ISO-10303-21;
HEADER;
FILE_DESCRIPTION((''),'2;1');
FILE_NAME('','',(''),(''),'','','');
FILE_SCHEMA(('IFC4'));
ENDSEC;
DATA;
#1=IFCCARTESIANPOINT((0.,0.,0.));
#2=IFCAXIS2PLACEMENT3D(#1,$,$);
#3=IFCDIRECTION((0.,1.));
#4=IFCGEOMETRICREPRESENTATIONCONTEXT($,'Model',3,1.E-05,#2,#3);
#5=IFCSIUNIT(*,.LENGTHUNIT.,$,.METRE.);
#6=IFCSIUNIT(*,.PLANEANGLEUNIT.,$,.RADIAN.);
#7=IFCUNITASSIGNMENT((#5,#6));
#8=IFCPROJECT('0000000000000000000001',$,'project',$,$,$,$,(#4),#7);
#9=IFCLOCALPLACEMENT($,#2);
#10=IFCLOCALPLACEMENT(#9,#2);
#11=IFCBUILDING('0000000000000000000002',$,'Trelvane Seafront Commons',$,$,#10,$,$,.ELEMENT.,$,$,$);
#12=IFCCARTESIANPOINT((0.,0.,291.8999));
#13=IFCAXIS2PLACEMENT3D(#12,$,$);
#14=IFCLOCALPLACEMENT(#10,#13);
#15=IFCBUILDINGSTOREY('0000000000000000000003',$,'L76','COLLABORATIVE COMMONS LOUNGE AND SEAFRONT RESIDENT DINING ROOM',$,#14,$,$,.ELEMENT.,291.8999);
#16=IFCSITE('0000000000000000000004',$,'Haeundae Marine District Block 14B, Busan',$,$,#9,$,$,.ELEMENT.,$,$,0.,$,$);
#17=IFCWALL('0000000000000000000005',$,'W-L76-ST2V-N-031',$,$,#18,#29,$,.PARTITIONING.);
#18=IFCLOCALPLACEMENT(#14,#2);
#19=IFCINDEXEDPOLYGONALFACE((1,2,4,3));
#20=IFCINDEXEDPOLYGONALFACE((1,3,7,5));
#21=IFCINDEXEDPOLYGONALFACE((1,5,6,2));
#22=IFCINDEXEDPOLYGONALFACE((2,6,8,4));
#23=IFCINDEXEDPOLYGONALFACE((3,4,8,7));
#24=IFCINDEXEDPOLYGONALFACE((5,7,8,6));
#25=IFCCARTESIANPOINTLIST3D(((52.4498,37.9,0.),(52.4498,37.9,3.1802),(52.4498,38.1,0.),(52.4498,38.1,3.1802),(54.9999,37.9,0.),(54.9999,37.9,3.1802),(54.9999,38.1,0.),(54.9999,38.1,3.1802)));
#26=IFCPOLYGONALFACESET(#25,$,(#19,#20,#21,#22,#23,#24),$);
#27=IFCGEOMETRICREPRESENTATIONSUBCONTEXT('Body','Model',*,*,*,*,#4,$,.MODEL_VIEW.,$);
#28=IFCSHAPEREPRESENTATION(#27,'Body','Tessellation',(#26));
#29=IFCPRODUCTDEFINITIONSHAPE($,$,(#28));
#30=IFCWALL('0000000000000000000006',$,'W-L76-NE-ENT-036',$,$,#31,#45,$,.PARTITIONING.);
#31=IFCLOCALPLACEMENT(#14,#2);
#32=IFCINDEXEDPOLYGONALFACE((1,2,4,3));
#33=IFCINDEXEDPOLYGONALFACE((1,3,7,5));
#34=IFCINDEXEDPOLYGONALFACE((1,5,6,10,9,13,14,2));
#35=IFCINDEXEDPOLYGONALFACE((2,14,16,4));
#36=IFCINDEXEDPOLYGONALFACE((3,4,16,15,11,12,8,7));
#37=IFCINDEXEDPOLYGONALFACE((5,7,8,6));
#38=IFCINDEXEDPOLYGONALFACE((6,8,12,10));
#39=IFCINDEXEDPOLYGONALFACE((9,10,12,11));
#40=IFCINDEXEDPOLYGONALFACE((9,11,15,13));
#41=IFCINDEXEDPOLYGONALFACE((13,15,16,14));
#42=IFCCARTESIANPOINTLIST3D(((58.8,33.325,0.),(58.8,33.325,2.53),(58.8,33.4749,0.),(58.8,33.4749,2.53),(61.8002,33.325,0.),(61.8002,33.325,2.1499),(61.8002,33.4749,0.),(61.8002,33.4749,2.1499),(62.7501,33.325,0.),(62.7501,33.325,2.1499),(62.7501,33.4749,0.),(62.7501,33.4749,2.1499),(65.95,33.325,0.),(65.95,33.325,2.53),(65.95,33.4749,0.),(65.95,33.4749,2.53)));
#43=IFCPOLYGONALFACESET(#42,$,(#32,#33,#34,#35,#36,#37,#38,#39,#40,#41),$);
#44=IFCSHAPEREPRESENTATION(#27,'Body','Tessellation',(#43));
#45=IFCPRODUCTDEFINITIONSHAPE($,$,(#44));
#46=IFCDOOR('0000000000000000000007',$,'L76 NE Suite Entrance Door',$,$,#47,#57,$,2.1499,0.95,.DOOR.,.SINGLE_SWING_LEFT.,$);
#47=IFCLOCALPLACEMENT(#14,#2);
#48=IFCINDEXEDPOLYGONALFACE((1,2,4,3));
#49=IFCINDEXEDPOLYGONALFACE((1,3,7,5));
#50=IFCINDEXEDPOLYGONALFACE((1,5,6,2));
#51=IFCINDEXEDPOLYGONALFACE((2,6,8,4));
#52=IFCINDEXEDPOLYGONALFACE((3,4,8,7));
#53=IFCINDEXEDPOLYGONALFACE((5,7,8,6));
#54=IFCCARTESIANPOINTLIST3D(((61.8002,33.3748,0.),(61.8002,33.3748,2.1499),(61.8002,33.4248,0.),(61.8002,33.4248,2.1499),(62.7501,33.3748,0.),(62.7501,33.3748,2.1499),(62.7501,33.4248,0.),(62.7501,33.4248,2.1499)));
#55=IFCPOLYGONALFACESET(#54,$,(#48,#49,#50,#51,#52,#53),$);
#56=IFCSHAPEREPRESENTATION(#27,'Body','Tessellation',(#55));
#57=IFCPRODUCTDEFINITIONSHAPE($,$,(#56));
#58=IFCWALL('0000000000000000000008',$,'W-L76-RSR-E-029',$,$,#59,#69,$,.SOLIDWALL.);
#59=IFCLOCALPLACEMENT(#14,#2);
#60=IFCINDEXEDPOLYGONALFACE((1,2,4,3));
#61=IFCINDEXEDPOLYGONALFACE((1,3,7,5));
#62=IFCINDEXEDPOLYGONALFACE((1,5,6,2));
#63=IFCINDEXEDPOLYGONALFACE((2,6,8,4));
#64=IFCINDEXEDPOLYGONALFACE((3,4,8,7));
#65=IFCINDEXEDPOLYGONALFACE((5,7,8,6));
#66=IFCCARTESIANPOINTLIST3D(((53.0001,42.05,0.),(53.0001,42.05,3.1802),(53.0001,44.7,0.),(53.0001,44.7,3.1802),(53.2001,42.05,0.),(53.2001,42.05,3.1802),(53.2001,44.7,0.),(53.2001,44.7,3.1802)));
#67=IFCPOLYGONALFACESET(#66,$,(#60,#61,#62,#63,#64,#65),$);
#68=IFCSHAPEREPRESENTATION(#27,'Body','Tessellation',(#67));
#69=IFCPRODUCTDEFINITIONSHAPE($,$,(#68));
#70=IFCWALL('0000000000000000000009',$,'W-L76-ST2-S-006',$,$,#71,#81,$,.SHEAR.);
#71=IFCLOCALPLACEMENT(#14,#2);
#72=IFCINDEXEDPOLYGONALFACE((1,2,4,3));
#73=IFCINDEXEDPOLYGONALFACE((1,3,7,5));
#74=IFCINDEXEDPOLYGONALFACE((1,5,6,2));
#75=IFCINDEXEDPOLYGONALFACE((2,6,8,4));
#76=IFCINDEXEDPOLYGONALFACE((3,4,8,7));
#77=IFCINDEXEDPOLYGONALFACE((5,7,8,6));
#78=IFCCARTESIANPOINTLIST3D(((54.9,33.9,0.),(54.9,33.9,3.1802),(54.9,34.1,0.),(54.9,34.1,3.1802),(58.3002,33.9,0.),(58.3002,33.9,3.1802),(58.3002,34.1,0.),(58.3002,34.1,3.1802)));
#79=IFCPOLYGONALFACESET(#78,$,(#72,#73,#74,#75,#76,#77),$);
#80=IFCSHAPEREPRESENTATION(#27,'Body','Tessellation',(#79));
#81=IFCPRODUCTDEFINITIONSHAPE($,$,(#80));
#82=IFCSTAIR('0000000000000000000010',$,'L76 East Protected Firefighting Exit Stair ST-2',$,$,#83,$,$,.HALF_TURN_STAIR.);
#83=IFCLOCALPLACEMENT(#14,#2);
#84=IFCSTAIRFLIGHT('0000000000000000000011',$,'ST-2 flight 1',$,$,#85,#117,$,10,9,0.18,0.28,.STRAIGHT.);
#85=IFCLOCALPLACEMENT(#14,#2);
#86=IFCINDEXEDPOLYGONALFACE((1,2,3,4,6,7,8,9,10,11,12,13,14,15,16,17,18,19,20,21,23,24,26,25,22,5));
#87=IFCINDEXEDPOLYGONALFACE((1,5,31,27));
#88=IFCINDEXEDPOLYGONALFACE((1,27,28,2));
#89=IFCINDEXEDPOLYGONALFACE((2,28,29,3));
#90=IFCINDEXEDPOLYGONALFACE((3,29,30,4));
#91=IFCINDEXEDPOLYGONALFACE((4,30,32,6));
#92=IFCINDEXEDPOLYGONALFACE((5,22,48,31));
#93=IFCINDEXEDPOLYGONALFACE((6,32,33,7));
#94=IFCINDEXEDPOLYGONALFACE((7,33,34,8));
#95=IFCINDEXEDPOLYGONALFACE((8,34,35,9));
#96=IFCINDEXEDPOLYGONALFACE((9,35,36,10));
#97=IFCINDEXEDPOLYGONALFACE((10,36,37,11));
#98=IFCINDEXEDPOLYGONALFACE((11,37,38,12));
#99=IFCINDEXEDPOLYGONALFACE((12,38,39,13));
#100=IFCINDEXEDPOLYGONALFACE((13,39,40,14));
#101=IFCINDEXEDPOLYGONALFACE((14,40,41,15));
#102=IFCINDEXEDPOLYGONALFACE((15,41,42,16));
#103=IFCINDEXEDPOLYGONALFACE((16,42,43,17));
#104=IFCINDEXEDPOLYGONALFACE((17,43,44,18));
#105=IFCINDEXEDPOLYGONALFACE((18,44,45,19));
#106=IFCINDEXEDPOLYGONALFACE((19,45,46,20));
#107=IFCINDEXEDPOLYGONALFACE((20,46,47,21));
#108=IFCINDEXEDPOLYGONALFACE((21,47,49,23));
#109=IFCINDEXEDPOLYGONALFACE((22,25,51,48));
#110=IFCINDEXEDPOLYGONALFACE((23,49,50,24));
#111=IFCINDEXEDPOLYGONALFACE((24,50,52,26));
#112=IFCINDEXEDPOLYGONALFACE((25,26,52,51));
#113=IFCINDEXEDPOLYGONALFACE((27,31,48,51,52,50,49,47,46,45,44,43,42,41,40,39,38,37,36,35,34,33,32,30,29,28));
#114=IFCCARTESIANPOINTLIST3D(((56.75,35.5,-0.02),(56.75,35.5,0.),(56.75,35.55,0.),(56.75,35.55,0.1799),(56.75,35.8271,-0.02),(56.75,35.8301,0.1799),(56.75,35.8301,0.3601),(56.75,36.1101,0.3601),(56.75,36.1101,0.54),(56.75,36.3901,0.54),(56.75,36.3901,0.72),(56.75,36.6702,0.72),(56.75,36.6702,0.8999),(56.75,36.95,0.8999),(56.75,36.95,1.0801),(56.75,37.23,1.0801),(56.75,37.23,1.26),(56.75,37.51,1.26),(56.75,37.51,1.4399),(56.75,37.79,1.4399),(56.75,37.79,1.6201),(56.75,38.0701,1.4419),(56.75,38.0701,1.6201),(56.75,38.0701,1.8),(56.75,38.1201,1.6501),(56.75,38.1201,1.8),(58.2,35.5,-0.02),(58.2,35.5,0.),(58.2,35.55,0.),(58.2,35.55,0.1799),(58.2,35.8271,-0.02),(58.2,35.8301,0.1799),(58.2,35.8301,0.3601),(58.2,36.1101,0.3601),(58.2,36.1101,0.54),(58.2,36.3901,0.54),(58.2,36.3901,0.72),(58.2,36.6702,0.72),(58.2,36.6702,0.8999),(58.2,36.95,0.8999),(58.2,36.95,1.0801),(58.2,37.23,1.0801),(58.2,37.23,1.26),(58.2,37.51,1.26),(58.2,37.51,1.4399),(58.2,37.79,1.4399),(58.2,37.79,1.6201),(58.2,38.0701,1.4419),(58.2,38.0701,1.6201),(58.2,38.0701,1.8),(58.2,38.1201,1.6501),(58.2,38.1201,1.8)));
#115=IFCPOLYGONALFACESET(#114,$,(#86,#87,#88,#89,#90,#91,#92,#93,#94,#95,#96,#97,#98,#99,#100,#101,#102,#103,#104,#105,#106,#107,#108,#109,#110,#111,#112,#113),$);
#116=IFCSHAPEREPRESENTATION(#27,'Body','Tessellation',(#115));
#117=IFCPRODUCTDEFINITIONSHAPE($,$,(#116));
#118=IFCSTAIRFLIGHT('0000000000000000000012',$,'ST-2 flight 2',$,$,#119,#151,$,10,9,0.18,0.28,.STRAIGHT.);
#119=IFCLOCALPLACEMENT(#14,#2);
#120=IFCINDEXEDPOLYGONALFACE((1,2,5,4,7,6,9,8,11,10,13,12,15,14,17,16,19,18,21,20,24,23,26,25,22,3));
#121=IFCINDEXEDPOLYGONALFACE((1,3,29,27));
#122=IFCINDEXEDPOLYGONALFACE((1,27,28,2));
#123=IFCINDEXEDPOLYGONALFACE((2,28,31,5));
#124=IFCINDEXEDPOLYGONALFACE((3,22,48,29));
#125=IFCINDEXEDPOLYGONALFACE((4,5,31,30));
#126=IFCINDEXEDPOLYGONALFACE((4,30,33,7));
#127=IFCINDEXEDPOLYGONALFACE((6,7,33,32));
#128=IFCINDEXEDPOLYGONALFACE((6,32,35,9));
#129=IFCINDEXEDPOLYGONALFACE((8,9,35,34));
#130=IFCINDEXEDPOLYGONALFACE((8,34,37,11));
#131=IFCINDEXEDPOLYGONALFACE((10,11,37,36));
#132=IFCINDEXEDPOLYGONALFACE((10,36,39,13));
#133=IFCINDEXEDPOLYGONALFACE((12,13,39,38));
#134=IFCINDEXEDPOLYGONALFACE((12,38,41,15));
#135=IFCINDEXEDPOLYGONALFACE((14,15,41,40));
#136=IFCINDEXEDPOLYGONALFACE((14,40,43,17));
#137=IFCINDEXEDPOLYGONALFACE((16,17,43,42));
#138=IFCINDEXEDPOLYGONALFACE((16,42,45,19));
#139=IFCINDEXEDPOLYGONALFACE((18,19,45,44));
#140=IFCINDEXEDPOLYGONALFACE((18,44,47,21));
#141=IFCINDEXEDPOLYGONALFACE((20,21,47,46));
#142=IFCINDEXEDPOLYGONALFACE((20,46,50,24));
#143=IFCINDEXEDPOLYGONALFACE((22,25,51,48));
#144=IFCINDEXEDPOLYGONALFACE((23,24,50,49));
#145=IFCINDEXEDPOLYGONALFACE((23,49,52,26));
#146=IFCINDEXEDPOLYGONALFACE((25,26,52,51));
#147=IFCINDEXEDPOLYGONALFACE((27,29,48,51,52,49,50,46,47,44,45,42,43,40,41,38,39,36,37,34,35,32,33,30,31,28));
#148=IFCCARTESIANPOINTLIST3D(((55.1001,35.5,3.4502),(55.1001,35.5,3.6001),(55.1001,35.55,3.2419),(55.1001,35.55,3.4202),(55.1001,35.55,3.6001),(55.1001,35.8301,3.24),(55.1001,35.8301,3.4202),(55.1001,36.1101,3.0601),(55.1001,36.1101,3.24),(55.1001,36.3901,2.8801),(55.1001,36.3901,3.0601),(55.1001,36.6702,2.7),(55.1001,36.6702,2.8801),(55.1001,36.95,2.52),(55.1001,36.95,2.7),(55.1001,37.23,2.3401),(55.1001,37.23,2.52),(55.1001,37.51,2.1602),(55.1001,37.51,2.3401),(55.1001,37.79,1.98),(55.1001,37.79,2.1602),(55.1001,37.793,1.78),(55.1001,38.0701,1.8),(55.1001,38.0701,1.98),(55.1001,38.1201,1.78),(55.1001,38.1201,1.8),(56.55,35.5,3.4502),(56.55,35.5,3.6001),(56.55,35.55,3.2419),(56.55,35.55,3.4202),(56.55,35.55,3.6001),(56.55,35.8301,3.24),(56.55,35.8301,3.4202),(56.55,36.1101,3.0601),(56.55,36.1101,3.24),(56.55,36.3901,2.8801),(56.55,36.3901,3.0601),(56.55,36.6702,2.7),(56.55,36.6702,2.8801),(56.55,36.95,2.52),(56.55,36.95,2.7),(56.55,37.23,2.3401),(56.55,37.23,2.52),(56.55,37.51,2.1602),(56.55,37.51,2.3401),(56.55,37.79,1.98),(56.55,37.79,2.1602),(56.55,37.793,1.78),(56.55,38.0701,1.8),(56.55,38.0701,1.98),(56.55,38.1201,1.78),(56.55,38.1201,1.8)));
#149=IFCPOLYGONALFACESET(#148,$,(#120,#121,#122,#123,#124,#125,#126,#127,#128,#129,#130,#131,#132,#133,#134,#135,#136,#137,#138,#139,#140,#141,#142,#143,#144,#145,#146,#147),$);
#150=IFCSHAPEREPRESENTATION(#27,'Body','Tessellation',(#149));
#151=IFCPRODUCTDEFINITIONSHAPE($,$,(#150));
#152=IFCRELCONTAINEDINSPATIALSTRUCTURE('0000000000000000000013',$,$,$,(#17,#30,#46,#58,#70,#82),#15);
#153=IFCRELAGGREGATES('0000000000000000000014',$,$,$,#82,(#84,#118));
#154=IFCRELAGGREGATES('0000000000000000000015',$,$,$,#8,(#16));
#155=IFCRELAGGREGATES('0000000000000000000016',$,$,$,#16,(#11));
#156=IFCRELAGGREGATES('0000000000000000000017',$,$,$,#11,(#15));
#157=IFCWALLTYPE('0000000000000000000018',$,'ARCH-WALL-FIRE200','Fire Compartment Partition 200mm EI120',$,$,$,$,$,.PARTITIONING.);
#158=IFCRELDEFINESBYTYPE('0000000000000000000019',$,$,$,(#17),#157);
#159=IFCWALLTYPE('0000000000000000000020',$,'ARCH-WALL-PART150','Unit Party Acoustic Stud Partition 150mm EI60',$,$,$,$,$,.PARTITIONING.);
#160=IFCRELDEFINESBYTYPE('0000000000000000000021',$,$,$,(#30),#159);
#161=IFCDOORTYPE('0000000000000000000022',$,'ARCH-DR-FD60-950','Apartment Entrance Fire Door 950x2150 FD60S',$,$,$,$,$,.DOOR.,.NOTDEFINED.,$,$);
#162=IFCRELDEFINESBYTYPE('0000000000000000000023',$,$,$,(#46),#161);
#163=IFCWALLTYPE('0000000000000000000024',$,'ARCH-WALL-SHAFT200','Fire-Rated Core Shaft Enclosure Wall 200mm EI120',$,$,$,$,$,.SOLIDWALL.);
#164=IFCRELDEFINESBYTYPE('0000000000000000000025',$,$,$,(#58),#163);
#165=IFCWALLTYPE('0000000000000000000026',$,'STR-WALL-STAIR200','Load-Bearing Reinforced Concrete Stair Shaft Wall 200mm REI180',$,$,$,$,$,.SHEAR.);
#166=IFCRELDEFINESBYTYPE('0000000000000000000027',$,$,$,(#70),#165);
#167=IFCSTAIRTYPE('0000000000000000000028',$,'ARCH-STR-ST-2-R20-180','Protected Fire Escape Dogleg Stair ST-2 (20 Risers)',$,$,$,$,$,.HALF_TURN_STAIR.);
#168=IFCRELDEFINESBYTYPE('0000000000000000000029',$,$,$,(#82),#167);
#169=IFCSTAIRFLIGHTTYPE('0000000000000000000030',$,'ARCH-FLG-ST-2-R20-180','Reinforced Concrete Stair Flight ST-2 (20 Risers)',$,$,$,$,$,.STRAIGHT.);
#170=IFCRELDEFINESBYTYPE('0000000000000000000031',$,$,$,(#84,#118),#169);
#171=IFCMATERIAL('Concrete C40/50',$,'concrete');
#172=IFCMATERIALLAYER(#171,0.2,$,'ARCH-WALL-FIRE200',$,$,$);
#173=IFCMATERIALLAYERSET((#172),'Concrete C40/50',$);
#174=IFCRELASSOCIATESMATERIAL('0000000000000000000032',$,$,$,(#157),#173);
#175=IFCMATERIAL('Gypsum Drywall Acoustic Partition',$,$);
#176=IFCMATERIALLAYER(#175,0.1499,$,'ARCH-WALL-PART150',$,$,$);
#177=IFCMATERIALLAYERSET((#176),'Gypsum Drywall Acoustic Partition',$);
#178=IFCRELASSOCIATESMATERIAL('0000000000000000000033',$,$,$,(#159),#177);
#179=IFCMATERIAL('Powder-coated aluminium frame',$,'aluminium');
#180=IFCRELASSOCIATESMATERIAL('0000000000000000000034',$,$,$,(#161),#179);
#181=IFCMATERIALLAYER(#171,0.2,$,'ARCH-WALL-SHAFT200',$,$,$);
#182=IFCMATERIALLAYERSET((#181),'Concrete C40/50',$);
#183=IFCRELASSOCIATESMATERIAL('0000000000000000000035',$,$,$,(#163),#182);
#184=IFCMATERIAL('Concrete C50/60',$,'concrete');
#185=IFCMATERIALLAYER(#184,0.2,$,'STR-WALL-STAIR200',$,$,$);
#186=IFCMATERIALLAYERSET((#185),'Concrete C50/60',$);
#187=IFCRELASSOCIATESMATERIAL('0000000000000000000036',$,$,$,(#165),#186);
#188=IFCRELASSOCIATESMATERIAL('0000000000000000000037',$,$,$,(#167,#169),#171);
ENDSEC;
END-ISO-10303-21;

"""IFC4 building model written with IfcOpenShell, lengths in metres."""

from ifc_helpers import new_model, si_unit, direction, frame, frame_2d, origin, place, context, subcontext, project, spatial, polyline, rectangle, outline, extrude, source, transform, mapped, material, layer, layer_set, type_object, element, fill, aggregate, save


model = new_model("IFC4")

# Units and contexts
model_context = context("Model", 3, precision=1e-05, world=origin(), true_north=direction((0.0, 1.0)))
body_context = subcontext(model_context, "Body", "Model", "MODEL_VIEW")
ifc_project = project(units=[si_unit("LENGTHUNIT", "METRE"), si_unit("PLANEANGLEUNIT", "RADIAN")], contexts=[model_context])

# Site, building, storey
site_placement = place(None, origin())
site = spatial("IfcSite", under=ifc_project, at=site_placement, Name="Haeundae Marine District Block 14B, Busan", CompositionType="ELEMENT", RefElevation=0.0)
building_placement = place(site_placement, origin())
building = spatial("IfcBuilding", under=site, at=building_placement, Name="Trelvane Seafront Commons", CompositionType="ELEMENT")
storey_placement = place(building_placement, frame((0.0, 0.0, 291.8999)))
storey = spatial("IfcBuildingStorey", under=building, at=storey_placement, Name="L76", Description="COLLABORATIVE COMMONS LOUNGE AND SEAFRONT RESIDENT DINING ROOM", CompositionType="ELEMENT", Elevation=291.8999)

# Shared definitions
ifc_material_1 = material(Name="Concrete C50/60", Category="concrete")

# Wall
ifc_material_2 = material(Name="Concrete C40/50", Category="concrete")
ifc_layer_1 = layer(ifc_material_2, 0.2, Name="ARCH-WALL-FIRE200")
ifc_layer_set_1 = layer_set([ifc_layer_1], Name="Concrete C40/50")
wall_type_1 = type_object("IfcWallType", Name="ARCH-WALL-FIRE200", Description="Fire Compartment Partition 200mm EI120", PredefinedType="PARTITIONING", material=ifc_layer_set_1)
wall_1_placement = place(storey_placement, frame((52.45, 38.0, 0.0), z_axis=(0.0, 0.0, 1.0), x_axis=(1.0, 0.0, 0.0)))
element("IfcWall", 1, at=wall_1_placement, inside=storey, type_object=wall_type_1, Name="W-L76-ST2V-N-031", PredefinedType="PARTITIONING", context=body_context, shape_type="SweptSolid", body=[
    extrude(rectangle(XDim=2.55, YDim=0.2, at=frame_2d((1.2749, 0.0))), origin(), (0.0, 0.0, 1.0), 3.1802),
])

# Wall, opening, door
ifc_material_3 = material(Name="Gypsum Drywall Acoustic Partition")
ifc_layer_2 = layer(ifc_material_3, 0.1499, Name="ARCH-WALL-PART150")
ifc_layer_set_2 = layer_set([ifc_layer_2], Name="Gypsum Drywall Acoustic Partition")
wall_type_2 = type_object("IfcWallType", Name="ARCH-WALL-PART150", Description="Unit Party Acoustic Stud Partition 150mm EI60", PredefinedType="PARTITIONING", material=ifc_layer_set_2)
wall_2_placement = place(storey_placement, frame((58.8, 33.3999, 0.0), z_axis=(0.0, 0.0, 1.0), x_axis=(1.0, 0.0, 0.0)))
wall_2 = element("IfcWall", 2, at=wall_2_placement, inside=storey, type_object=wall_type_2, Name="W-L76-NE-ENT-036", PredefinedType="PARTITIONING", context=body_context, shape_type="SweptSolid", body=[
    extrude(rectangle(XDim=7.1499, YDim=0.1499, at=frame_2d((3.575, 0.0))), origin(), (0.0, 0.0, 1.0), 2.53),
])
opening_1_placement = place(wall_2_placement, frame((3.0, 0.0, 0.0)))
opening_1 = element("IfcOpeningElement", 3, at=opening_1_placement, cuts=wall_2, PredefinedType="OPENING", context=body_context, shape_type="SweptSolid", body=[
    extrude(rectangle(XDim=0.95, YDim=2.1499, at=frame_2d((0.4751, 1.075))), frame((0.0, 0.085, 0.0), z_axis=(0.0, -1.0, 0.0), x_axis=(1.0, 0.0, 0.0)), (0.0, 0.0, 1.0), 0.1699),
])
ifc_material_4 = material(Name="Powder-coated aluminium frame", Category="aluminium")
door_type = type_object("IfcDoorType", Name="ARCH-DR-FD60-950", Description="Apartment Entrance Fire Door 950x2150 FD60S", OperationType="NOTDEFINED", PredefinedType="DOOR", material=ifc_material_4)
shared_shape_1 = source(origin(), body_context, "Body", "SweptSolid", [
    extrude(rectangle(XDim=0.95, YDim=2.1499, at=frame_2d((0.4751, 1.075))), frame((0.0, 0.0249, 0.0), z_axis=(0.0, -1.0, 0.0), x_axis=(1.0, 0.0, 0.0)), (0.0, 0.0, 1.0), 0.05),
])
door_1_placement = place(opening_1_placement, origin())
door_1 = element("IfcDoor", 4, at=door_1_placement, inside=storey, type_object=door_type, Name="L76 NE Suite Entrance Door", OperationType="SINGLE_SWING_LEFT", OverallHeight=2.1499, OverallWidth=0.95, PredefinedType="DOOR", context=body_context, shape_type="MappedRepresentation", body=[
    mapped(shared_shape_1, transform((0.0, 0.0, 0.0), x_axis=(1.0, 0.0, 0.0), y_axis=(0.0, 1.0, 0.0), z_axis=(0.0, 0.0, 1.0), scale=1.0)),
])
fill(opening_1, door_1)

# Walls
ifc_layer_3 = layer(ifc_material_2, 0.2, Name="ARCH-WALL-SHAFT200")
ifc_layer_set_3 = layer_set([ifc_layer_3], Name="Concrete C40/50")
wall_type_3 = type_object("IfcWallType", Name="ARCH-WALL-SHAFT200", Description="Fire-Rated Core Shaft Enclosure Wall 200mm EI120", PredefinedType="SOLIDWALL", material=ifc_layer_set_3)
wall_3_placement = place(storey_placement, frame((53.1001, 42.05, 0.0), z_axis=(0.0, 0.0, 1.0), x_axis=(0.0, 1.0, 0.0)))
element("IfcWall", 5, at=wall_3_placement, inside=storey, type_object=wall_type_3, Name="W-L76-RSR-E-029", PredefinedType="SOLIDWALL", context=body_context, shape_type="SweptSolid", body=[
    extrude(rectangle(XDim=2.6499, YDim=0.2, at=frame_2d((1.325, 0.0))), origin(), (0.0, 0.0, 1.0), 3.1802),
])
ifc_layer_4 = layer(ifc_material_1, 0.2, Name="STR-WALL-STAIR200")
ifc_layer_set_4 = layer_set([ifc_layer_4], Name="Concrete C50/60")
wall_type_4 = type_object("IfcWallType", Name="STR-WALL-STAIR200", Description="Load-Bearing Reinforced Concrete Stair Shaft Wall 200mm REI180", PredefinedType="SHEAR", material=ifc_layer_set_4)
wall_4_placement = place(storey_placement, frame((54.8999, 34.0, 0.0), z_axis=(0.0, 0.0, 1.0), x_axis=(1.0, 0.0, 0.0)))
element("IfcWall", 6, at=wall_4_placement, inside=storey, type_object=wall_type_4, Name="W-L76-ST2-S-006", PredefinedType="SHEAR", context=body_context, shape_type="SweptSolid", body=[
    extrude(rectangle(XDim=3.4001, YDim=0.2, at=frame_2d((1.7002, 0.0))), origin(), (0.0, 0.0, 1.0), 3.1802),
])

# Stair, stair flights
stair_type = type_object("IfcStairType", Name="ARCH-STR-ST-2-R20-180", Description="Protected Fire Escape Dogleg Stair ST-2 (20 Risers)", PredefinedType="HALF_TURN_STAIR", material=ifc_material_2)
stair_placement = place(storey_placement, origin())
stair = element("IfcStair", 7, at=stair_placement, inside=storey, type_object=stair_type, Name="L76 East Protected Firefighting Exit Stair ST-2", PredefinedType="HALF_TURN_STAIR")
stair_flight_type = type_object("IfcStairFlightType", Name="ARCH-FLG-ST-2-R20-180", Description="Reinforced Concrete Stair Flight ST-2 (20 Risers)", PredefinedType="STRAIGHT", material=ifc_material_2)
shared_shape_2 = source(origin(), body_context, "Body", "SweptSolid", [
    extrude(outline(polyline([(-0.05, -0.02), (-0.05, 0.0), (0.0, 0.0), (0.0, 0.1799), (0.28, 0.1799), (0.28, 0.3601), (0.5601, 0.3601), (0.5601, 0.54), (0.8401, 0.54), (0.8401, 0.72), (1.1201, 0.72), (1.1201, 0.8999), (1.3999, 0.8999), (1.3999, 1.0801), (1.6799, 1.0801), (1.6799, 1.26), (1.96, 1.26), (1.96, 1.4399), (2.24, 1.4399), (2.24, 1.6201), (2.52, 1.6201), (2.52, 1.8), (2.5701, 1.8), (2.5701, 1.6501), (2.52, 1.4419), (0.2771, -0.02), (-0.05, -0.02)])), frame((0.0, 0.7251, 0.0), z_axis=(0.0, -1.0, 0.0), x_axis=(1.0, 0.0, 0.0)), (0.0, 0.0, 1.0), 1.45),
])
stair_flight_1_placement = place(storey_placement, frame((57.4751, 35.55, 0.0), z_axis=(0.0, 0.0, 1.0), x_axis=(0.0, 1.0, 0.0)))
stair_flight_1 = element("IfcStairFlight", 8, at=stair_flight_1_placement, type_object=stair_flight_type, Name="ST-2 flight 1", NumberOfRisers=10, NumberOfTreads=9, PredefinedType="STRAIGHT", RiserHeight=0.18, TreadLength=0.28, context=body_context, shape_type="MappedRepresentation", body=[
    mapped(shared_shape_2, transform((0.0, 0.0, 0.0), x_axis=(1.0, 0.0, 0.0), y_axis=(0.0, 1.0, 0.0), z_axis=(0.0, 0.0, 1.0), scale=1.0)),
])
stair_flight_2_placement = place(storey_placement, frame((55.825, 38.0701, 1.8), z_axis=(0.0, 0.0, 1.0), x_axis=(0.0, -1.0, 0.0)))
stair_flight_2 = element("IfcStairFlight", 9, at=stair_flight_2_placement, type_object=stair_flight_type, Name="ST-2 flight 2", NumberOfRisers=10, NumberOfTreads=9, PredefinedType="STRAIGHT", RiserHeight=0.18, TreadLength=0.28, context=body_context, shape_type="MappedRepresentation", body=[
    mapped(shared_shape_2, transform((0.0, 0.0, 0.0), x_axis=(1.0, 0.0, 0.0), y_axis=(0.0, 1.0, 0.0), z_axis=(0.0, 0.0, 1.0), scale=1.0)),
])
aggregate(stair, [stair_flight_1, stair_flight_2])

save(model, "model.ifc")
